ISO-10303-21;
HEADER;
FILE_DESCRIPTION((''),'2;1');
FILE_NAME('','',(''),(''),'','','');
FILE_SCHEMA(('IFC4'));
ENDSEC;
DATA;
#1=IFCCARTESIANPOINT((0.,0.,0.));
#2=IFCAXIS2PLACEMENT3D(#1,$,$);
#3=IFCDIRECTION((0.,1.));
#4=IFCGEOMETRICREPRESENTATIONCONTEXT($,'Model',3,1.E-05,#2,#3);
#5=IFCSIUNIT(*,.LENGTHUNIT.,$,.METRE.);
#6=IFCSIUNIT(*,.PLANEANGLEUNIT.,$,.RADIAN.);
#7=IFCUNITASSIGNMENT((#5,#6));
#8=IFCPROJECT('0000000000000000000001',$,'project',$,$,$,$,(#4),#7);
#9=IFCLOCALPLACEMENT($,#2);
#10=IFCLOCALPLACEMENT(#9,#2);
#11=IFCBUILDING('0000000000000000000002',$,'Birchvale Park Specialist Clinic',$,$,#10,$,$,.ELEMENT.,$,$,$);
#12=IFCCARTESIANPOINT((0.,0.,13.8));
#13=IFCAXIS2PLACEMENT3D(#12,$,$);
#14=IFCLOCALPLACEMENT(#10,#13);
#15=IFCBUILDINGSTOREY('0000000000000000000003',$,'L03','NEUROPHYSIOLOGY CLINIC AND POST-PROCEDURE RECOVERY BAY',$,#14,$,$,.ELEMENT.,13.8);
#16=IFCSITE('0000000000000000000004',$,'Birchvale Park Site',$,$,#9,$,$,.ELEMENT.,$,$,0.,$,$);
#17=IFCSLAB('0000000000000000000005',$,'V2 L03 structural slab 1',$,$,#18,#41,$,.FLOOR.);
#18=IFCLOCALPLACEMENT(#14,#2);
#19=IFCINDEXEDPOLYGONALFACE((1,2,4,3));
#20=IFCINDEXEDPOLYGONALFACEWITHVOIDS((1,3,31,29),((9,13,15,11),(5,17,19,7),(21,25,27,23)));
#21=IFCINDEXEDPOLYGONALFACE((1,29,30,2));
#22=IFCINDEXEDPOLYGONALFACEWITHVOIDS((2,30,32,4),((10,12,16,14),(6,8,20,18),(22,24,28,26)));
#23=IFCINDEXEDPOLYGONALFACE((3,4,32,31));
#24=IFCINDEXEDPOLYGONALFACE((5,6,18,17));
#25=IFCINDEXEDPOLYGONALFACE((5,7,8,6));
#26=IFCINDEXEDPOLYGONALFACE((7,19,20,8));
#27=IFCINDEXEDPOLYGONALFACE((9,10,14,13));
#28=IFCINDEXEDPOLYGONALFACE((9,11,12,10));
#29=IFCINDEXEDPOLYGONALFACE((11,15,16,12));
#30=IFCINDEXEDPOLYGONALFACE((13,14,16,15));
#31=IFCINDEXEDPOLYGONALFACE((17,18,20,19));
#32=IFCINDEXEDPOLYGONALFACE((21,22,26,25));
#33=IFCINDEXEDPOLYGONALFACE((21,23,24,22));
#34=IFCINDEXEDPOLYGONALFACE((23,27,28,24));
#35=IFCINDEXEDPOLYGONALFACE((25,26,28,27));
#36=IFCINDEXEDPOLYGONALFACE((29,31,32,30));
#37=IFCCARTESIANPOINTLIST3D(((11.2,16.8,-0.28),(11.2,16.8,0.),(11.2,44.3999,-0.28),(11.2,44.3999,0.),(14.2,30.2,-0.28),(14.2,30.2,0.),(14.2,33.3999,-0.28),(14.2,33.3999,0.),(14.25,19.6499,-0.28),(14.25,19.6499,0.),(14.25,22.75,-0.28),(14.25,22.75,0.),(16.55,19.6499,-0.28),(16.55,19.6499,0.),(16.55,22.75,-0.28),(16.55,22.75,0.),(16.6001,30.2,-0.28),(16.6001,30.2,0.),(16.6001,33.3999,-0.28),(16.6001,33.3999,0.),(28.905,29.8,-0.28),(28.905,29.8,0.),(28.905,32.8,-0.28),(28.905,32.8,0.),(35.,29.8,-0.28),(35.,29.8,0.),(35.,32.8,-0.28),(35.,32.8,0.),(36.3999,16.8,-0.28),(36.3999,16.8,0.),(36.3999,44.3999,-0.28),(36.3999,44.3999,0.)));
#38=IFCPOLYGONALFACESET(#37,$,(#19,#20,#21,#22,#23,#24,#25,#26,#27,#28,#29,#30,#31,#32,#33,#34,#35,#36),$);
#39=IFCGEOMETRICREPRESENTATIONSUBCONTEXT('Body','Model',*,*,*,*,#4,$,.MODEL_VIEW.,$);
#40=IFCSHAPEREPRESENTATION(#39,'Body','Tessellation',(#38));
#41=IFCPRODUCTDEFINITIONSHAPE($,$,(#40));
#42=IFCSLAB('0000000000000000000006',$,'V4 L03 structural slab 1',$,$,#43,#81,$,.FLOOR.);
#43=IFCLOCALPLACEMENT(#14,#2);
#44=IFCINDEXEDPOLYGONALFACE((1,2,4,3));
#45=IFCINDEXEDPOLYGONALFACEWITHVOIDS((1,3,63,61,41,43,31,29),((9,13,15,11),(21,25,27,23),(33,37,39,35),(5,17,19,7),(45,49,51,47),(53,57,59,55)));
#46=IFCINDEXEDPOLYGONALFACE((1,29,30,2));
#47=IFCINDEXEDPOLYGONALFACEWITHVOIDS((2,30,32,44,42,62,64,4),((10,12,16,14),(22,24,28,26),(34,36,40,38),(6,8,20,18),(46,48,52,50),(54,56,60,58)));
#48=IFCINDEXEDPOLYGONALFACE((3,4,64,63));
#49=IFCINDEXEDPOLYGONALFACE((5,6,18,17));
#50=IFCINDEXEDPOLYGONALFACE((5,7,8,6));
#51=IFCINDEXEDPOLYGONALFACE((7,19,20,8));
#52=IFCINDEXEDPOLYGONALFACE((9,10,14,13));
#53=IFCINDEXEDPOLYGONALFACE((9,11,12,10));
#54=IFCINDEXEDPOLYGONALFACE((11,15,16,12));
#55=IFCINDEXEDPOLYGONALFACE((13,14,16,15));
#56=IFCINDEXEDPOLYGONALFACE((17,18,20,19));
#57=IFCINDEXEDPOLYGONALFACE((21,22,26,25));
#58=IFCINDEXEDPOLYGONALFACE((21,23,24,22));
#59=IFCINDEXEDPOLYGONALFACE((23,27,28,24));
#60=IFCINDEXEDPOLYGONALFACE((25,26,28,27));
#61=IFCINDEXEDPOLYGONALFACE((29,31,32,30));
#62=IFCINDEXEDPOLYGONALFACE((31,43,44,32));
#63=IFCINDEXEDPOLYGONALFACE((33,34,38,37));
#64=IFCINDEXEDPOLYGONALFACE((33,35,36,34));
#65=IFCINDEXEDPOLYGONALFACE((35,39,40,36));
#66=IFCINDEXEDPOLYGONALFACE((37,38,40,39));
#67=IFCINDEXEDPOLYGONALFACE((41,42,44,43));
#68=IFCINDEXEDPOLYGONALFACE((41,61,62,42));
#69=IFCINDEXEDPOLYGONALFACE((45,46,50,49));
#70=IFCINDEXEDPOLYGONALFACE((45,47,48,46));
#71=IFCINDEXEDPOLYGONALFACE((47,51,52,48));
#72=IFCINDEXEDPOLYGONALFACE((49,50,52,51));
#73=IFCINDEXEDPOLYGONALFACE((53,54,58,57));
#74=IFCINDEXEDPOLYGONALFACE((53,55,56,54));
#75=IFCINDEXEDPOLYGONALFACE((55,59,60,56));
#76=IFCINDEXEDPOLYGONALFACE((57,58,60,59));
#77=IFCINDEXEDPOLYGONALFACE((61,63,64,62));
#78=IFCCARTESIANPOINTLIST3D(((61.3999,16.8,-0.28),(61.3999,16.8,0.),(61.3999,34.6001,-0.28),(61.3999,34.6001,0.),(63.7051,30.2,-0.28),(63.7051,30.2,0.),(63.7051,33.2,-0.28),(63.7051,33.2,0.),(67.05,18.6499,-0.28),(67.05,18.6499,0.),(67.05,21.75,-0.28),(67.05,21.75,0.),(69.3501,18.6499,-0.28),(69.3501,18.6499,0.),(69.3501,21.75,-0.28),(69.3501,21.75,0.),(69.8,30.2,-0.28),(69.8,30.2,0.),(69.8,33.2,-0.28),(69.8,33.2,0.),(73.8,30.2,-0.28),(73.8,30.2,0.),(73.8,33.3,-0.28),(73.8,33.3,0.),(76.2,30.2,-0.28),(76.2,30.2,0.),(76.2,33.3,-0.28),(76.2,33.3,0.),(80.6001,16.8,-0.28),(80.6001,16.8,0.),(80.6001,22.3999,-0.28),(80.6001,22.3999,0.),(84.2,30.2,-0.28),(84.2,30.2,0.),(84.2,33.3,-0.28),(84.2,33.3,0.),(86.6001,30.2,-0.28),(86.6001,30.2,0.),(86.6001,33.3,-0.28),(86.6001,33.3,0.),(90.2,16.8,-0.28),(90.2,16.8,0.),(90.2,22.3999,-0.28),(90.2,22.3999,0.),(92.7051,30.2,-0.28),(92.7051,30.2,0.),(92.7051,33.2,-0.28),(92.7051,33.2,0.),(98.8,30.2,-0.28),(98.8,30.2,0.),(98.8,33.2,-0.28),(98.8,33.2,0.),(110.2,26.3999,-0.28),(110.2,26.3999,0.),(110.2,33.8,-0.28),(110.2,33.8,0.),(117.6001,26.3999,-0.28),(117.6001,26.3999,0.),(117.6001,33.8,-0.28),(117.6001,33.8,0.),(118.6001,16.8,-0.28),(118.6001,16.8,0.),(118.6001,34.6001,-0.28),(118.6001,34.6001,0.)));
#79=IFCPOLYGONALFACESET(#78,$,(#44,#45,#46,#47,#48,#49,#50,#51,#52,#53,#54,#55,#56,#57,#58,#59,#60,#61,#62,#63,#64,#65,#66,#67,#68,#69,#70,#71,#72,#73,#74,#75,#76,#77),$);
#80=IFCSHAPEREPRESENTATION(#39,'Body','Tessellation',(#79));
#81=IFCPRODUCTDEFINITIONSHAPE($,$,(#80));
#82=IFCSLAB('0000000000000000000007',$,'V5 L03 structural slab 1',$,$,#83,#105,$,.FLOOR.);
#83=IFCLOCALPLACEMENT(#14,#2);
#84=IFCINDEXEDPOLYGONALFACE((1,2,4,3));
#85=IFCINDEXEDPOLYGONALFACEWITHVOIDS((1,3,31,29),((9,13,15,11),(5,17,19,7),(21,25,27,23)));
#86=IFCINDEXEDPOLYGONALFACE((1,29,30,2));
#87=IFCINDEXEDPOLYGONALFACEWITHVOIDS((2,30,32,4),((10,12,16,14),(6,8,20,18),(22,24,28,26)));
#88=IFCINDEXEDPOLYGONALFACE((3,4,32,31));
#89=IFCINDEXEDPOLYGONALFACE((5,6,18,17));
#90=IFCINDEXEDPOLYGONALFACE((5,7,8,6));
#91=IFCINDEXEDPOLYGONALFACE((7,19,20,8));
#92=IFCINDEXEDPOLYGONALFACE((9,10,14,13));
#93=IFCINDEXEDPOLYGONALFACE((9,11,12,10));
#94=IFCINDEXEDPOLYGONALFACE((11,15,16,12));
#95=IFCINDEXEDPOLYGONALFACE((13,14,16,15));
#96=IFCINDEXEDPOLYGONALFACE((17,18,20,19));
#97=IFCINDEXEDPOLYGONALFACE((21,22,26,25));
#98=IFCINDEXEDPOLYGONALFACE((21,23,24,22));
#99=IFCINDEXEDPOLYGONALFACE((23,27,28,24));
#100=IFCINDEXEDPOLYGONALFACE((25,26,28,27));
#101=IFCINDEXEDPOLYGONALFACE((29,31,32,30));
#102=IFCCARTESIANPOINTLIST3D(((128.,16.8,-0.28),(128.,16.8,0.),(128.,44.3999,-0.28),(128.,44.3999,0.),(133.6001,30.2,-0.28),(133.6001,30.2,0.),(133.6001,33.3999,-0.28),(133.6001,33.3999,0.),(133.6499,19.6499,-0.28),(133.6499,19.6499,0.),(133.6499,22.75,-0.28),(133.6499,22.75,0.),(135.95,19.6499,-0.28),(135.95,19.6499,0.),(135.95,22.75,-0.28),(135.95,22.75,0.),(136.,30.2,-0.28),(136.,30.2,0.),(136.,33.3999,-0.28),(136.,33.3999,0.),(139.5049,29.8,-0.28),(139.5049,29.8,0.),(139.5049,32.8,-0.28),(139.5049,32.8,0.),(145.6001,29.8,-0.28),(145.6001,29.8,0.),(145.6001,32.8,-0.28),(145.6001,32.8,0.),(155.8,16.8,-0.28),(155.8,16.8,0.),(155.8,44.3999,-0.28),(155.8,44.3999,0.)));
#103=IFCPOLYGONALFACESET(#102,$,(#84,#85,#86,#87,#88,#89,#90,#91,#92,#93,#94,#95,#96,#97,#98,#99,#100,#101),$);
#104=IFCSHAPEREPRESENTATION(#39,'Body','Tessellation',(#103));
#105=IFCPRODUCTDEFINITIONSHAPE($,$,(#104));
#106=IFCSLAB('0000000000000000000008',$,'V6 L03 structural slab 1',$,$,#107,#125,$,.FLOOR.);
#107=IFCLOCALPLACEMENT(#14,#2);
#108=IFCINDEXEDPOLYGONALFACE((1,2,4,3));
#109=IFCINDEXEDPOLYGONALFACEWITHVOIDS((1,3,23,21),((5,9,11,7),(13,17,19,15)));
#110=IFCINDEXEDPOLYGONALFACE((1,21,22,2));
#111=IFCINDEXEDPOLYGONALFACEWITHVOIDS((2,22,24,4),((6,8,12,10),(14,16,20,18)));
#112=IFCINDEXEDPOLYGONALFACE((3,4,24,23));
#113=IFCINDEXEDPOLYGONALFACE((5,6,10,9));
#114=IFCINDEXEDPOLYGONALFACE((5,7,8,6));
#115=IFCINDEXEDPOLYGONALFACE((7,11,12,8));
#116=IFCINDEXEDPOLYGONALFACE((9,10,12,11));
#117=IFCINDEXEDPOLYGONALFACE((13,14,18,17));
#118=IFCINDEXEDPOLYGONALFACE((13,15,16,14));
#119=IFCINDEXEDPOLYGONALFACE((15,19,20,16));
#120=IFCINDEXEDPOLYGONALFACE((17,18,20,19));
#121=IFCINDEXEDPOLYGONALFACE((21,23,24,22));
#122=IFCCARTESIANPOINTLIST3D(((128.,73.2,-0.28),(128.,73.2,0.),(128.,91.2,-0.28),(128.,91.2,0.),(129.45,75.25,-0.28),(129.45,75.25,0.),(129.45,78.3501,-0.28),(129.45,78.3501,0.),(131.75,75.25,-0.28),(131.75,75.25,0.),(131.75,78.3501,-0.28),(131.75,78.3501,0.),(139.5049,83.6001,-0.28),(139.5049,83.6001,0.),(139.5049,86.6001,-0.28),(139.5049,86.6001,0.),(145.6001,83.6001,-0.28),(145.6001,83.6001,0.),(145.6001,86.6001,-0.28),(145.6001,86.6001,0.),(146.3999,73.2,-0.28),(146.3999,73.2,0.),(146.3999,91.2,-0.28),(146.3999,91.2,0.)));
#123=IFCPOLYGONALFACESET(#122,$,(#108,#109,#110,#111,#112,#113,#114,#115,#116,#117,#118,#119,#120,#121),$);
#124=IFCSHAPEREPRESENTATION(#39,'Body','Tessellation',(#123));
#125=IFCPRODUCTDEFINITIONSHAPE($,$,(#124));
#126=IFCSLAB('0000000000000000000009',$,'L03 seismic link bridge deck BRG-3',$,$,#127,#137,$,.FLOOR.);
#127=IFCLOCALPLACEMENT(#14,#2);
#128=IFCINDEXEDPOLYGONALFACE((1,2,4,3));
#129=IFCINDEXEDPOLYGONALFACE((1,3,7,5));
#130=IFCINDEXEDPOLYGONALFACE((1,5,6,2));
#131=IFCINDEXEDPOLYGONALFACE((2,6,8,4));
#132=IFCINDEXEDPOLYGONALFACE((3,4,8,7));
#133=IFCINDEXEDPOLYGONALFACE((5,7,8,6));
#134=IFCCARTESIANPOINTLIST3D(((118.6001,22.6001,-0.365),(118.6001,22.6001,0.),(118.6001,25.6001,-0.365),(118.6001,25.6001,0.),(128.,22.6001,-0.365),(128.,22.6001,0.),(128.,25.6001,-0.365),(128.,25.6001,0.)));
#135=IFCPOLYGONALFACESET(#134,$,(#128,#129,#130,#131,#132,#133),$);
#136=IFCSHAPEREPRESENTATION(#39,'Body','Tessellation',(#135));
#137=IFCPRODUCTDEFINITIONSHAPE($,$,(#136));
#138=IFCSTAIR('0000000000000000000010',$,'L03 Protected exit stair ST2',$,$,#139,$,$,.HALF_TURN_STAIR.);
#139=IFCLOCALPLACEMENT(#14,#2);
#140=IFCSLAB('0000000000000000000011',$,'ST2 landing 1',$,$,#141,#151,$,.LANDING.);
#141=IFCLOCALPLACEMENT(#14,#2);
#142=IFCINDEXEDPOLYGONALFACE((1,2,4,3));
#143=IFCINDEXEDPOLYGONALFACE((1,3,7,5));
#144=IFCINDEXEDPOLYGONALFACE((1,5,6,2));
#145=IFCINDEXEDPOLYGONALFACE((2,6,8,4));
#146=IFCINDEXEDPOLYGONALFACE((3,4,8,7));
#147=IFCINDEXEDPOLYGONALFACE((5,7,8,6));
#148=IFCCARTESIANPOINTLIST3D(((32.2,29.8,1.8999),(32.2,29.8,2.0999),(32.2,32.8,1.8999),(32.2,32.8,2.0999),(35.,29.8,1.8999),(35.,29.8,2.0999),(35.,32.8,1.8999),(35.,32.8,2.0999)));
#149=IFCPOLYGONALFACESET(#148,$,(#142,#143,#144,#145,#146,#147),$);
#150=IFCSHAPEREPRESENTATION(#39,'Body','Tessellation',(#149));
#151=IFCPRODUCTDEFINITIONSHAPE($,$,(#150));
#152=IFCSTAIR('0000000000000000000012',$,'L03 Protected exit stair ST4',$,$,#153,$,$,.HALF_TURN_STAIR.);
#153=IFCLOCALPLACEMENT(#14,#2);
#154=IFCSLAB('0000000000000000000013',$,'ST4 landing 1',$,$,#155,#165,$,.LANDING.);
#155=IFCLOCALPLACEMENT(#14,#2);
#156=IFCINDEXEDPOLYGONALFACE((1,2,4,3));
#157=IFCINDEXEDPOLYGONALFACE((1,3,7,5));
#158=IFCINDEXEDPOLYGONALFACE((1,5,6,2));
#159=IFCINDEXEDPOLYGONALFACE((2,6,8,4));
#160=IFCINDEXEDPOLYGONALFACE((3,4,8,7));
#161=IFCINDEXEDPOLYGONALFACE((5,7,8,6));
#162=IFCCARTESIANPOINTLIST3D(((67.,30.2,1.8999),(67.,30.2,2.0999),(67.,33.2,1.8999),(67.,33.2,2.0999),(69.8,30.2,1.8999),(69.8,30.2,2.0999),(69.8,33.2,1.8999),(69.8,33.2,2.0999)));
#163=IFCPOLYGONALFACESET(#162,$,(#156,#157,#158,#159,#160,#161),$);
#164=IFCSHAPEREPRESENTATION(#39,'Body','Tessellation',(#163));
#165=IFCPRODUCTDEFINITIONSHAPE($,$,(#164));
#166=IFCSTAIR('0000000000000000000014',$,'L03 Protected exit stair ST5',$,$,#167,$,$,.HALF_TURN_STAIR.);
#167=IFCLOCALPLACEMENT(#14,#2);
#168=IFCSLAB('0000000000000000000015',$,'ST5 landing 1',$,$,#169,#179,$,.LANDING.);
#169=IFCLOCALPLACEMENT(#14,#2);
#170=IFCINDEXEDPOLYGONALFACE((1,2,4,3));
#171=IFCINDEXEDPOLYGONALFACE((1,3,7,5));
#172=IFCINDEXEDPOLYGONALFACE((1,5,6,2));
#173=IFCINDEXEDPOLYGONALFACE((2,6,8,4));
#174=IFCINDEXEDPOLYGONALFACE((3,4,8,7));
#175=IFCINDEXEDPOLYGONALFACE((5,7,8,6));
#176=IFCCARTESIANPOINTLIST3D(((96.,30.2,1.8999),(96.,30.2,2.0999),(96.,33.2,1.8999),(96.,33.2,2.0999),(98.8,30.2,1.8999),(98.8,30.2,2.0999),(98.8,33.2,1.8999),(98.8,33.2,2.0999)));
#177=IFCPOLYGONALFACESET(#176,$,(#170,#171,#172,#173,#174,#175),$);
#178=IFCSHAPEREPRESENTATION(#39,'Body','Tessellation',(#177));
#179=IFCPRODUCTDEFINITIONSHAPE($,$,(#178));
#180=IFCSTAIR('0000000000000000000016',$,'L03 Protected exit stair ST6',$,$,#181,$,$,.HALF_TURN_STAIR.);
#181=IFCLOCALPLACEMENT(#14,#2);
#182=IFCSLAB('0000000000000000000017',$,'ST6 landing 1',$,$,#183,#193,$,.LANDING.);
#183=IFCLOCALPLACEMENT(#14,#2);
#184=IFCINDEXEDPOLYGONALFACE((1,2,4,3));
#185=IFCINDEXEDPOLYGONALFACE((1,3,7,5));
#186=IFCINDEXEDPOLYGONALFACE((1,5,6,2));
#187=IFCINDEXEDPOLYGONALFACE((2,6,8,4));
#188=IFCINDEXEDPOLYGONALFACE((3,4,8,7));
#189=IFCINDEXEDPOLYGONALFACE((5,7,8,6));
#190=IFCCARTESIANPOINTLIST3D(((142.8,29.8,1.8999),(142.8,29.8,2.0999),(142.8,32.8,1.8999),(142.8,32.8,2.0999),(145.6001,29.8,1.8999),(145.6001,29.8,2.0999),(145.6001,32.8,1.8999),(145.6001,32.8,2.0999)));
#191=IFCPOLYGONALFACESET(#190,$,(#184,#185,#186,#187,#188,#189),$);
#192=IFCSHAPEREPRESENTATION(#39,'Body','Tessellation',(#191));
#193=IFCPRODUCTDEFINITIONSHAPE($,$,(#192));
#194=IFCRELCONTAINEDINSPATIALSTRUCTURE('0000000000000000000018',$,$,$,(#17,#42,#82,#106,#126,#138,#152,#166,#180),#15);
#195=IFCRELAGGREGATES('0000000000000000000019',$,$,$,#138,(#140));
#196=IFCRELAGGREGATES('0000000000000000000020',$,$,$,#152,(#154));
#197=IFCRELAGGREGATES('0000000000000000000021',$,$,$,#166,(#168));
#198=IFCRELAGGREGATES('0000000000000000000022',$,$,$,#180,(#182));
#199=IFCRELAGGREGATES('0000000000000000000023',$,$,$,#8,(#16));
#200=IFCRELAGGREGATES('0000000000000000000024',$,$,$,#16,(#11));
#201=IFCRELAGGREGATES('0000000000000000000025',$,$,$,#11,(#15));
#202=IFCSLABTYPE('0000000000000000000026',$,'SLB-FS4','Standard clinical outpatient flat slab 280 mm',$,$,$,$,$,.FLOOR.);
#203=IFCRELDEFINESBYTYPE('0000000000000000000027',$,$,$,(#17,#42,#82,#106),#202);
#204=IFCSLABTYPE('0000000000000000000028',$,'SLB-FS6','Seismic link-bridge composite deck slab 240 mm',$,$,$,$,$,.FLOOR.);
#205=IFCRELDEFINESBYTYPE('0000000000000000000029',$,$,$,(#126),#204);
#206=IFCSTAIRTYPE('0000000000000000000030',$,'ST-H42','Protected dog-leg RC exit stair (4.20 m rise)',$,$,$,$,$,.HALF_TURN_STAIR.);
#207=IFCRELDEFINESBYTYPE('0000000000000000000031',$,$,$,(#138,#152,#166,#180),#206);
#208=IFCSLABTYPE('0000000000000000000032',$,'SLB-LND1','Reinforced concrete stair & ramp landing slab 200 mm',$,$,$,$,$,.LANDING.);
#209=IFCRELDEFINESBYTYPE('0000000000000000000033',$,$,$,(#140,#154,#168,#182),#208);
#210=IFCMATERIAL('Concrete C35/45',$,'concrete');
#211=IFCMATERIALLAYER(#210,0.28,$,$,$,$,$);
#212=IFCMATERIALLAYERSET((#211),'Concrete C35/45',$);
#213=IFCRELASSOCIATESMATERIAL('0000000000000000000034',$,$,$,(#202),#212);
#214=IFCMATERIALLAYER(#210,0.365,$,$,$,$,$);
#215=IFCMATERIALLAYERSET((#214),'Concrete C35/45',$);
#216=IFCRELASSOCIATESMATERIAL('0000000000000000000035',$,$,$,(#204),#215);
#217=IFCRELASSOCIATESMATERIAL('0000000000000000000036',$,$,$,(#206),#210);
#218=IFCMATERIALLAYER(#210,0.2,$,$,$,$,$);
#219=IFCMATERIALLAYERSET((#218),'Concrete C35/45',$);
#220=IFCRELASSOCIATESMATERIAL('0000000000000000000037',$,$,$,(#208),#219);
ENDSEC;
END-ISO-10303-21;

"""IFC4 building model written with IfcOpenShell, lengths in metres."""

from ifc_helpers import new_model, si_unit, direction, frame, origin, place, context, subcontext, project, spatial, polyline, outline, extrude, material, layer, layer_set, type_object, element, aggregate, save


model = new_model("IFC4")

# Units and contexts
model_context = context("Model", 3, precision=1e-05, world=origin(), true_north=direction((0.0, 1.0)))
body_context = subcontext(model_context, "Body", "Model", "MODEL_VIEW")
ifc_project = project(units=[si_unit("LENGTHUNIT", "METRE"), si_unit("PLANEANGLEUNIT", "RADIAN")], contexts=[model_context])

# Site, building, storey
site_placement = place(None, origin())
site = spatial("IfcSite", under=ifc_project, at=site_placement, Name="Birchvale Park Site", CompositionType="ELEMENT", RefElevation=0.0)
building_placement = place(site_placement, origin())
building = spatial("IfcBuilding", under=site, at=building_placement, Name="Birchvale Park Specialist Clinic", CompositionType="ELEMENT")
storey_placement = place(building_placement, frame((0.0, 0.0, 13.8)))
storey = spatial("IfcBuildingStorey", under=building, at=storey_placement, Name="L03", Description="NEUROPHYSIOLOGY CLINIC AND POST-PROCEDURE RECOVERY BAY", CompositionType="ELEMENT", Elevation=13.8)

# Slabs
ifc_material_1 = material(Name="Concrete C35/45", Category="concrete")
ifc_layer_1 = layer(ifc_material_1, 0.28)
ifc_layer_set_1 = layer_set([ifc_layer_1], Name="Concrete C35/45")
slab_type_1 = type_object("IfcSlabType", Name="SLB-FS4", Description="Standard clinical outpatient flat slab 280 mm", PredefinedType="FLOOR", material=ifc_layer_set_1)
slab_1_placement = place(storey_placement, frame((0.0, 0.0, -0.28)))
element("IfcSlab", 1, at=slab_1_placement, inside=storey, type_object=slab_type_1, Name="V2 L03 structural slab 1", PredefinedType="FLOOR", context=body_context, shape_type="SweptSolid", body=[
    extrude(outline(polyline([(11.2, 16.8), (36.3999, 16.8), (36.3999, 44.3999), (11.2, 44.3999), (11.2, 16.8)]), holes=[polyline([(28.905, 29.8), (35.0, 29.8), (35.0, 32.8), (28.905, 32.8), (28.905, 29.8)]), polyline([(14.25, 19.6499), (16.55, 19.6499), (16.55, 22.75), (14.25, 22.75), (14.25, 19.6499)]), polyline([(14.2, 30.2), (16.6001, 30.2), (16.6001, 33.3999), (14.2, 33.3999), (14.2, 30.2)])]), origin(), (0.0, 0.0, 1.0), 0.28),
])
slab_2_placement = place(storey_placement, frame((0.0, 0.0, -0.28)))
element("IfcSlab", 2, at=slab_2_placement, inside=storey, type_object=slab_type_1, Name="V4 L03 structural slab 1", PredefinedType="FLOOR", context=body_context, shape_type="SweptSolid", body=[
    extrude(outline(polyline([(61.3999, 16.8), (80.6001, 16.8), (80.6001, 22.3999), (90.2, 22.3999), (90.2, 16.8), (118.6001, 16.8), (118.6001, 34.6001), (61.3999, 34.6001), (61.3999, 16.8)]), holes=[polyline([(110.2, 26.3999), (117.6001, 26.3999), (117.6001, 33.8), (110.2, 33.8), (110.2, 26.3999)]), polyline([(63.7051, 30.2), (69.8, 30.2), (69.8, 33.2), (63.7051, 33.2), (63.7051, 30.2)]), polyline([(92.7051, 30.2), (98.8, 30.2), (98.8, 33.2), (92.7051, 33.2), (92.7051, 30.2)]), polyline([(73.8, 30.2), (76.2, 30.2), (76.2, 33.3), (73.8, 33.3), (73.8, 30.2)]), polyline([(84.2, 30.2), (86.6001, 30.2), (86.6001, 33.3), (84.2, 33.3), (84.2, 30.2)]), polyline([(67.05, 18.6499), (69.3501, 18.6499), (69.3501, 21.75), (67.05, 21.75), (67.05, 18.6499)])]), origin(), (0.0, 0.0, 1.0), 0.28),
])
slab_3_placement = place(storey_placement, frame((0.0, 0.0, -0.28)))
element("IfcSlab", 3, at=slab_3_placement, inside=storey, type_object=slab_type_1, Name="V5 L03 structural slab 1", PredefinedType="FLOOR", context=body_context, shape_type="SweptSolid", body=[
    extrude(outline(polyline([(128.0, 16.8), (155.8, 16.8), (155.8, 44.3999), (128.0, 44.3999), (128.0, 16.8)]), holes=[polyline([(139.5049, 29.8), (145.6001, 29.8), (145.6001, 32.8), (139.5049, 32.8), (139.5049, 29.8)]), polyline([(133.6499, 19.6499), (135.95, 19.6499), (135.95, 22.75), (133.6499, 22.75), (133.6499, 19.6499)]), polyline([(133.6001, 30.2), (136.0, 30.2), (136.0, 33.3999), (133.6001, 33.3999), (133.6001, 30.2)])]), origin(), (0.0, 0.0, 1.0), 0.28),
])
slab_4_placement = place(storey_placement, frame((0.0, 0.0, -0.28)))
element("IfcSlab", 4, at=slab_4_placement, inside=storey, type_object=slab_type_1, Name="V6 L03 structural slab 1", PredefinedType="FLOOR", context=body_context, shape_type="SweptSolid", body=[
    extrude(outline(polyline([(128.0, 73.2), (146.3999, 73.2), (146.3999, 91.2), (128.0, 91.2), (128.0, 73.2)]), holes=[polyline([(139.5049, 83.6001), (145.6001, 83.6001), (145.6001, 86.6001), (139.5049, 86.6001), (139.5049, 83.6001)]), polyline([(129.45, 75.25), (131.75, 75.25), (131.75, 78.3501), (129.45, 78.3501), (129.45, 75.25)])]), origin(), (0.0, 0.0, 1.0), 0.28),
])
ifc_layer_2 = layer(ifc_material_1, 0.365)
ifc_layer_set_2 = layer_set([ifc_layer_2], Name="Concrete C35/45")
slab_type_2 = type_object("IfcSlabType", Name="SLB-FS6", Description="Seismic link-bridge composite deck slab 240 mm", PredefinedType="FLOOR", material=ifc_layer_set_2)
slab_5_placement = place(storey_placement, frame((0.0, 0.0, -0.365)))
element("IfcSlab", 5, at=slab_5_placement, inside=storey, type_object=slab_type_2, Name="L03 seismic link bridge deck BRG-3", PredefinedType="FLOOR", context=body_context, shape_type="SweptSolid", body=[
    extrude(outline(polyline([(118.6001, 22.6001), (128.0, 22.6001), (128.0, 25.6001), (118.6001, 25.6001), (118.6001, 22.6001)])), origin(), (0.0, 0.0, 1.0), 0.365),
])

# Stairs, slabs
stair_type = type_object("IfcStairType", Name="ST-H42", Description="Protected dog-leg RC exit stair (4.20 m rise)", PredefinedType="HALF_TURN_STAIR", material=ifc_material_1)
stair_1_placement = place(storey_placement, origin())
stair_1 = element("IfcStair", 6, at=stair_1_placement, inside=storey, type_object=stair_type, Name="L03 Protected exit stair ST2", PredefinedType="HALF_TURN_STAIR")
ifc_layer_3 = layer(ifc_material_1, 0.2)
ifc_layer_set_3 = layer_set([ifc_layer_3], Name="Concrete C35/45")
slab_type_3 = type_object("IfcSlabType", Name="SLB-LND1", Description="Reinforced concrete stair & ramp landing slab 200 mm", PredefinedType="LANDING", material=ifc_layer_set_3)
slab_6_placement = place(storey_placement, frame((0.0, 0.0, 1.8999)))
slab_6 = element("IfcSlab", 7, at=slab_6_placement, type_object=slab_type_3, Name="ST2 landing 1", PredefinedType="LANDING", context=body_context, shape_type="SweptSolid", body=[
    extrude(outline(polyline([(32.2, 29.8), (35.0, 29.8), (35.0, 32.8), (32.2, 32.8), (32.2, 29.8)])), origin(), (0.0, 0.0, 1.0), 0.2),
])
aggregate(stair_1, [slab_6])
stair_2_placement = place(storey_placement, origin())
stair_2 = element("IfcStair", 8, at=stair_2_placement, inside=storey, type_object=stair_type, Name="L03 Protected exit stair ST4", PredefinedType="HALF_TURN_STAIR")
slab_7_placement = place(storey_placement, frame((0.0, 0.0, 1.8999)))
slab_7 = element("IfcSlab", 9, at=slab_7_placement, type_object=slab_type_3, Name="ST4 landing 1", PredefinedType="LANDING", context=body_context, shape_type="SweptSolid", body=[
    extrude(outline(polyline([(67.0, 30.2), (69.8, 30.2), (69.8, 33.2), (67.0, 33.2), (67.0, 30.2)])), origin(), (0.0, 0.0, 1.0), 0.2),
])
aggregate(stair_2, [slab_7])
stair_3_placement = place(storey_placement, origin())
stair_3 = element("IfcStair", 10, at=stair_3_placement, inside=storey, type_object=stair_type, Name="L03 Protected exit stair ST5", PredefinedType="HALF_TURN_STAIR")
slab_8_placement = place(storey_placement, frame((0.0, 0.0, 1.8999)))
slab_8 = element("IfcSlab", 11, at=slab_8_placement, type_object=slab_type_3, Name="ST5 landing 1", PredefinedType="LANDING", context=body_context, shape_type="SweptSolid", body=[
    extrude(outline(polyline([(96.0, 30.2), (98.8, 30.2), (98.8, 33.2), (96.0, 33.2), (96.0, 30.2)])), origin(), (0.0, 0.0, 1.0), 0.2),
])
aggregate(stair_3, [slab_8])
stair_4_placement = place(storey_placement, origin())
stair_4 = element("IfcStair", 12, at=stair_4_placement, inside=storey, type_object=stair_type, Name="L03 Protected exit stair ST6", PredefinedType="HALF_TURN_STAIR")
slab_9_placement = place(storey_placement, frame((0.0, 0.0, 1.8999)))
slab_9 = element("IfcSlab", 13, at=slab_9_placement, type_object=slab_type_3, Name="ST6 landing 1", PredefinedType="LANDING", context=body_context, shape_type="SweptSolid", body=[
    extrude(outline(polyline([(142.8, 29.8), (145.6001, 29.8), (145.6001, 32.8), (142.8, 32.8), (142.8, 29.8)])), origin(), (0.0, 0.0, 1.0), 0.2),
])
aggregate(stair_4, [slab_9])

save(model, "model.ifc")
